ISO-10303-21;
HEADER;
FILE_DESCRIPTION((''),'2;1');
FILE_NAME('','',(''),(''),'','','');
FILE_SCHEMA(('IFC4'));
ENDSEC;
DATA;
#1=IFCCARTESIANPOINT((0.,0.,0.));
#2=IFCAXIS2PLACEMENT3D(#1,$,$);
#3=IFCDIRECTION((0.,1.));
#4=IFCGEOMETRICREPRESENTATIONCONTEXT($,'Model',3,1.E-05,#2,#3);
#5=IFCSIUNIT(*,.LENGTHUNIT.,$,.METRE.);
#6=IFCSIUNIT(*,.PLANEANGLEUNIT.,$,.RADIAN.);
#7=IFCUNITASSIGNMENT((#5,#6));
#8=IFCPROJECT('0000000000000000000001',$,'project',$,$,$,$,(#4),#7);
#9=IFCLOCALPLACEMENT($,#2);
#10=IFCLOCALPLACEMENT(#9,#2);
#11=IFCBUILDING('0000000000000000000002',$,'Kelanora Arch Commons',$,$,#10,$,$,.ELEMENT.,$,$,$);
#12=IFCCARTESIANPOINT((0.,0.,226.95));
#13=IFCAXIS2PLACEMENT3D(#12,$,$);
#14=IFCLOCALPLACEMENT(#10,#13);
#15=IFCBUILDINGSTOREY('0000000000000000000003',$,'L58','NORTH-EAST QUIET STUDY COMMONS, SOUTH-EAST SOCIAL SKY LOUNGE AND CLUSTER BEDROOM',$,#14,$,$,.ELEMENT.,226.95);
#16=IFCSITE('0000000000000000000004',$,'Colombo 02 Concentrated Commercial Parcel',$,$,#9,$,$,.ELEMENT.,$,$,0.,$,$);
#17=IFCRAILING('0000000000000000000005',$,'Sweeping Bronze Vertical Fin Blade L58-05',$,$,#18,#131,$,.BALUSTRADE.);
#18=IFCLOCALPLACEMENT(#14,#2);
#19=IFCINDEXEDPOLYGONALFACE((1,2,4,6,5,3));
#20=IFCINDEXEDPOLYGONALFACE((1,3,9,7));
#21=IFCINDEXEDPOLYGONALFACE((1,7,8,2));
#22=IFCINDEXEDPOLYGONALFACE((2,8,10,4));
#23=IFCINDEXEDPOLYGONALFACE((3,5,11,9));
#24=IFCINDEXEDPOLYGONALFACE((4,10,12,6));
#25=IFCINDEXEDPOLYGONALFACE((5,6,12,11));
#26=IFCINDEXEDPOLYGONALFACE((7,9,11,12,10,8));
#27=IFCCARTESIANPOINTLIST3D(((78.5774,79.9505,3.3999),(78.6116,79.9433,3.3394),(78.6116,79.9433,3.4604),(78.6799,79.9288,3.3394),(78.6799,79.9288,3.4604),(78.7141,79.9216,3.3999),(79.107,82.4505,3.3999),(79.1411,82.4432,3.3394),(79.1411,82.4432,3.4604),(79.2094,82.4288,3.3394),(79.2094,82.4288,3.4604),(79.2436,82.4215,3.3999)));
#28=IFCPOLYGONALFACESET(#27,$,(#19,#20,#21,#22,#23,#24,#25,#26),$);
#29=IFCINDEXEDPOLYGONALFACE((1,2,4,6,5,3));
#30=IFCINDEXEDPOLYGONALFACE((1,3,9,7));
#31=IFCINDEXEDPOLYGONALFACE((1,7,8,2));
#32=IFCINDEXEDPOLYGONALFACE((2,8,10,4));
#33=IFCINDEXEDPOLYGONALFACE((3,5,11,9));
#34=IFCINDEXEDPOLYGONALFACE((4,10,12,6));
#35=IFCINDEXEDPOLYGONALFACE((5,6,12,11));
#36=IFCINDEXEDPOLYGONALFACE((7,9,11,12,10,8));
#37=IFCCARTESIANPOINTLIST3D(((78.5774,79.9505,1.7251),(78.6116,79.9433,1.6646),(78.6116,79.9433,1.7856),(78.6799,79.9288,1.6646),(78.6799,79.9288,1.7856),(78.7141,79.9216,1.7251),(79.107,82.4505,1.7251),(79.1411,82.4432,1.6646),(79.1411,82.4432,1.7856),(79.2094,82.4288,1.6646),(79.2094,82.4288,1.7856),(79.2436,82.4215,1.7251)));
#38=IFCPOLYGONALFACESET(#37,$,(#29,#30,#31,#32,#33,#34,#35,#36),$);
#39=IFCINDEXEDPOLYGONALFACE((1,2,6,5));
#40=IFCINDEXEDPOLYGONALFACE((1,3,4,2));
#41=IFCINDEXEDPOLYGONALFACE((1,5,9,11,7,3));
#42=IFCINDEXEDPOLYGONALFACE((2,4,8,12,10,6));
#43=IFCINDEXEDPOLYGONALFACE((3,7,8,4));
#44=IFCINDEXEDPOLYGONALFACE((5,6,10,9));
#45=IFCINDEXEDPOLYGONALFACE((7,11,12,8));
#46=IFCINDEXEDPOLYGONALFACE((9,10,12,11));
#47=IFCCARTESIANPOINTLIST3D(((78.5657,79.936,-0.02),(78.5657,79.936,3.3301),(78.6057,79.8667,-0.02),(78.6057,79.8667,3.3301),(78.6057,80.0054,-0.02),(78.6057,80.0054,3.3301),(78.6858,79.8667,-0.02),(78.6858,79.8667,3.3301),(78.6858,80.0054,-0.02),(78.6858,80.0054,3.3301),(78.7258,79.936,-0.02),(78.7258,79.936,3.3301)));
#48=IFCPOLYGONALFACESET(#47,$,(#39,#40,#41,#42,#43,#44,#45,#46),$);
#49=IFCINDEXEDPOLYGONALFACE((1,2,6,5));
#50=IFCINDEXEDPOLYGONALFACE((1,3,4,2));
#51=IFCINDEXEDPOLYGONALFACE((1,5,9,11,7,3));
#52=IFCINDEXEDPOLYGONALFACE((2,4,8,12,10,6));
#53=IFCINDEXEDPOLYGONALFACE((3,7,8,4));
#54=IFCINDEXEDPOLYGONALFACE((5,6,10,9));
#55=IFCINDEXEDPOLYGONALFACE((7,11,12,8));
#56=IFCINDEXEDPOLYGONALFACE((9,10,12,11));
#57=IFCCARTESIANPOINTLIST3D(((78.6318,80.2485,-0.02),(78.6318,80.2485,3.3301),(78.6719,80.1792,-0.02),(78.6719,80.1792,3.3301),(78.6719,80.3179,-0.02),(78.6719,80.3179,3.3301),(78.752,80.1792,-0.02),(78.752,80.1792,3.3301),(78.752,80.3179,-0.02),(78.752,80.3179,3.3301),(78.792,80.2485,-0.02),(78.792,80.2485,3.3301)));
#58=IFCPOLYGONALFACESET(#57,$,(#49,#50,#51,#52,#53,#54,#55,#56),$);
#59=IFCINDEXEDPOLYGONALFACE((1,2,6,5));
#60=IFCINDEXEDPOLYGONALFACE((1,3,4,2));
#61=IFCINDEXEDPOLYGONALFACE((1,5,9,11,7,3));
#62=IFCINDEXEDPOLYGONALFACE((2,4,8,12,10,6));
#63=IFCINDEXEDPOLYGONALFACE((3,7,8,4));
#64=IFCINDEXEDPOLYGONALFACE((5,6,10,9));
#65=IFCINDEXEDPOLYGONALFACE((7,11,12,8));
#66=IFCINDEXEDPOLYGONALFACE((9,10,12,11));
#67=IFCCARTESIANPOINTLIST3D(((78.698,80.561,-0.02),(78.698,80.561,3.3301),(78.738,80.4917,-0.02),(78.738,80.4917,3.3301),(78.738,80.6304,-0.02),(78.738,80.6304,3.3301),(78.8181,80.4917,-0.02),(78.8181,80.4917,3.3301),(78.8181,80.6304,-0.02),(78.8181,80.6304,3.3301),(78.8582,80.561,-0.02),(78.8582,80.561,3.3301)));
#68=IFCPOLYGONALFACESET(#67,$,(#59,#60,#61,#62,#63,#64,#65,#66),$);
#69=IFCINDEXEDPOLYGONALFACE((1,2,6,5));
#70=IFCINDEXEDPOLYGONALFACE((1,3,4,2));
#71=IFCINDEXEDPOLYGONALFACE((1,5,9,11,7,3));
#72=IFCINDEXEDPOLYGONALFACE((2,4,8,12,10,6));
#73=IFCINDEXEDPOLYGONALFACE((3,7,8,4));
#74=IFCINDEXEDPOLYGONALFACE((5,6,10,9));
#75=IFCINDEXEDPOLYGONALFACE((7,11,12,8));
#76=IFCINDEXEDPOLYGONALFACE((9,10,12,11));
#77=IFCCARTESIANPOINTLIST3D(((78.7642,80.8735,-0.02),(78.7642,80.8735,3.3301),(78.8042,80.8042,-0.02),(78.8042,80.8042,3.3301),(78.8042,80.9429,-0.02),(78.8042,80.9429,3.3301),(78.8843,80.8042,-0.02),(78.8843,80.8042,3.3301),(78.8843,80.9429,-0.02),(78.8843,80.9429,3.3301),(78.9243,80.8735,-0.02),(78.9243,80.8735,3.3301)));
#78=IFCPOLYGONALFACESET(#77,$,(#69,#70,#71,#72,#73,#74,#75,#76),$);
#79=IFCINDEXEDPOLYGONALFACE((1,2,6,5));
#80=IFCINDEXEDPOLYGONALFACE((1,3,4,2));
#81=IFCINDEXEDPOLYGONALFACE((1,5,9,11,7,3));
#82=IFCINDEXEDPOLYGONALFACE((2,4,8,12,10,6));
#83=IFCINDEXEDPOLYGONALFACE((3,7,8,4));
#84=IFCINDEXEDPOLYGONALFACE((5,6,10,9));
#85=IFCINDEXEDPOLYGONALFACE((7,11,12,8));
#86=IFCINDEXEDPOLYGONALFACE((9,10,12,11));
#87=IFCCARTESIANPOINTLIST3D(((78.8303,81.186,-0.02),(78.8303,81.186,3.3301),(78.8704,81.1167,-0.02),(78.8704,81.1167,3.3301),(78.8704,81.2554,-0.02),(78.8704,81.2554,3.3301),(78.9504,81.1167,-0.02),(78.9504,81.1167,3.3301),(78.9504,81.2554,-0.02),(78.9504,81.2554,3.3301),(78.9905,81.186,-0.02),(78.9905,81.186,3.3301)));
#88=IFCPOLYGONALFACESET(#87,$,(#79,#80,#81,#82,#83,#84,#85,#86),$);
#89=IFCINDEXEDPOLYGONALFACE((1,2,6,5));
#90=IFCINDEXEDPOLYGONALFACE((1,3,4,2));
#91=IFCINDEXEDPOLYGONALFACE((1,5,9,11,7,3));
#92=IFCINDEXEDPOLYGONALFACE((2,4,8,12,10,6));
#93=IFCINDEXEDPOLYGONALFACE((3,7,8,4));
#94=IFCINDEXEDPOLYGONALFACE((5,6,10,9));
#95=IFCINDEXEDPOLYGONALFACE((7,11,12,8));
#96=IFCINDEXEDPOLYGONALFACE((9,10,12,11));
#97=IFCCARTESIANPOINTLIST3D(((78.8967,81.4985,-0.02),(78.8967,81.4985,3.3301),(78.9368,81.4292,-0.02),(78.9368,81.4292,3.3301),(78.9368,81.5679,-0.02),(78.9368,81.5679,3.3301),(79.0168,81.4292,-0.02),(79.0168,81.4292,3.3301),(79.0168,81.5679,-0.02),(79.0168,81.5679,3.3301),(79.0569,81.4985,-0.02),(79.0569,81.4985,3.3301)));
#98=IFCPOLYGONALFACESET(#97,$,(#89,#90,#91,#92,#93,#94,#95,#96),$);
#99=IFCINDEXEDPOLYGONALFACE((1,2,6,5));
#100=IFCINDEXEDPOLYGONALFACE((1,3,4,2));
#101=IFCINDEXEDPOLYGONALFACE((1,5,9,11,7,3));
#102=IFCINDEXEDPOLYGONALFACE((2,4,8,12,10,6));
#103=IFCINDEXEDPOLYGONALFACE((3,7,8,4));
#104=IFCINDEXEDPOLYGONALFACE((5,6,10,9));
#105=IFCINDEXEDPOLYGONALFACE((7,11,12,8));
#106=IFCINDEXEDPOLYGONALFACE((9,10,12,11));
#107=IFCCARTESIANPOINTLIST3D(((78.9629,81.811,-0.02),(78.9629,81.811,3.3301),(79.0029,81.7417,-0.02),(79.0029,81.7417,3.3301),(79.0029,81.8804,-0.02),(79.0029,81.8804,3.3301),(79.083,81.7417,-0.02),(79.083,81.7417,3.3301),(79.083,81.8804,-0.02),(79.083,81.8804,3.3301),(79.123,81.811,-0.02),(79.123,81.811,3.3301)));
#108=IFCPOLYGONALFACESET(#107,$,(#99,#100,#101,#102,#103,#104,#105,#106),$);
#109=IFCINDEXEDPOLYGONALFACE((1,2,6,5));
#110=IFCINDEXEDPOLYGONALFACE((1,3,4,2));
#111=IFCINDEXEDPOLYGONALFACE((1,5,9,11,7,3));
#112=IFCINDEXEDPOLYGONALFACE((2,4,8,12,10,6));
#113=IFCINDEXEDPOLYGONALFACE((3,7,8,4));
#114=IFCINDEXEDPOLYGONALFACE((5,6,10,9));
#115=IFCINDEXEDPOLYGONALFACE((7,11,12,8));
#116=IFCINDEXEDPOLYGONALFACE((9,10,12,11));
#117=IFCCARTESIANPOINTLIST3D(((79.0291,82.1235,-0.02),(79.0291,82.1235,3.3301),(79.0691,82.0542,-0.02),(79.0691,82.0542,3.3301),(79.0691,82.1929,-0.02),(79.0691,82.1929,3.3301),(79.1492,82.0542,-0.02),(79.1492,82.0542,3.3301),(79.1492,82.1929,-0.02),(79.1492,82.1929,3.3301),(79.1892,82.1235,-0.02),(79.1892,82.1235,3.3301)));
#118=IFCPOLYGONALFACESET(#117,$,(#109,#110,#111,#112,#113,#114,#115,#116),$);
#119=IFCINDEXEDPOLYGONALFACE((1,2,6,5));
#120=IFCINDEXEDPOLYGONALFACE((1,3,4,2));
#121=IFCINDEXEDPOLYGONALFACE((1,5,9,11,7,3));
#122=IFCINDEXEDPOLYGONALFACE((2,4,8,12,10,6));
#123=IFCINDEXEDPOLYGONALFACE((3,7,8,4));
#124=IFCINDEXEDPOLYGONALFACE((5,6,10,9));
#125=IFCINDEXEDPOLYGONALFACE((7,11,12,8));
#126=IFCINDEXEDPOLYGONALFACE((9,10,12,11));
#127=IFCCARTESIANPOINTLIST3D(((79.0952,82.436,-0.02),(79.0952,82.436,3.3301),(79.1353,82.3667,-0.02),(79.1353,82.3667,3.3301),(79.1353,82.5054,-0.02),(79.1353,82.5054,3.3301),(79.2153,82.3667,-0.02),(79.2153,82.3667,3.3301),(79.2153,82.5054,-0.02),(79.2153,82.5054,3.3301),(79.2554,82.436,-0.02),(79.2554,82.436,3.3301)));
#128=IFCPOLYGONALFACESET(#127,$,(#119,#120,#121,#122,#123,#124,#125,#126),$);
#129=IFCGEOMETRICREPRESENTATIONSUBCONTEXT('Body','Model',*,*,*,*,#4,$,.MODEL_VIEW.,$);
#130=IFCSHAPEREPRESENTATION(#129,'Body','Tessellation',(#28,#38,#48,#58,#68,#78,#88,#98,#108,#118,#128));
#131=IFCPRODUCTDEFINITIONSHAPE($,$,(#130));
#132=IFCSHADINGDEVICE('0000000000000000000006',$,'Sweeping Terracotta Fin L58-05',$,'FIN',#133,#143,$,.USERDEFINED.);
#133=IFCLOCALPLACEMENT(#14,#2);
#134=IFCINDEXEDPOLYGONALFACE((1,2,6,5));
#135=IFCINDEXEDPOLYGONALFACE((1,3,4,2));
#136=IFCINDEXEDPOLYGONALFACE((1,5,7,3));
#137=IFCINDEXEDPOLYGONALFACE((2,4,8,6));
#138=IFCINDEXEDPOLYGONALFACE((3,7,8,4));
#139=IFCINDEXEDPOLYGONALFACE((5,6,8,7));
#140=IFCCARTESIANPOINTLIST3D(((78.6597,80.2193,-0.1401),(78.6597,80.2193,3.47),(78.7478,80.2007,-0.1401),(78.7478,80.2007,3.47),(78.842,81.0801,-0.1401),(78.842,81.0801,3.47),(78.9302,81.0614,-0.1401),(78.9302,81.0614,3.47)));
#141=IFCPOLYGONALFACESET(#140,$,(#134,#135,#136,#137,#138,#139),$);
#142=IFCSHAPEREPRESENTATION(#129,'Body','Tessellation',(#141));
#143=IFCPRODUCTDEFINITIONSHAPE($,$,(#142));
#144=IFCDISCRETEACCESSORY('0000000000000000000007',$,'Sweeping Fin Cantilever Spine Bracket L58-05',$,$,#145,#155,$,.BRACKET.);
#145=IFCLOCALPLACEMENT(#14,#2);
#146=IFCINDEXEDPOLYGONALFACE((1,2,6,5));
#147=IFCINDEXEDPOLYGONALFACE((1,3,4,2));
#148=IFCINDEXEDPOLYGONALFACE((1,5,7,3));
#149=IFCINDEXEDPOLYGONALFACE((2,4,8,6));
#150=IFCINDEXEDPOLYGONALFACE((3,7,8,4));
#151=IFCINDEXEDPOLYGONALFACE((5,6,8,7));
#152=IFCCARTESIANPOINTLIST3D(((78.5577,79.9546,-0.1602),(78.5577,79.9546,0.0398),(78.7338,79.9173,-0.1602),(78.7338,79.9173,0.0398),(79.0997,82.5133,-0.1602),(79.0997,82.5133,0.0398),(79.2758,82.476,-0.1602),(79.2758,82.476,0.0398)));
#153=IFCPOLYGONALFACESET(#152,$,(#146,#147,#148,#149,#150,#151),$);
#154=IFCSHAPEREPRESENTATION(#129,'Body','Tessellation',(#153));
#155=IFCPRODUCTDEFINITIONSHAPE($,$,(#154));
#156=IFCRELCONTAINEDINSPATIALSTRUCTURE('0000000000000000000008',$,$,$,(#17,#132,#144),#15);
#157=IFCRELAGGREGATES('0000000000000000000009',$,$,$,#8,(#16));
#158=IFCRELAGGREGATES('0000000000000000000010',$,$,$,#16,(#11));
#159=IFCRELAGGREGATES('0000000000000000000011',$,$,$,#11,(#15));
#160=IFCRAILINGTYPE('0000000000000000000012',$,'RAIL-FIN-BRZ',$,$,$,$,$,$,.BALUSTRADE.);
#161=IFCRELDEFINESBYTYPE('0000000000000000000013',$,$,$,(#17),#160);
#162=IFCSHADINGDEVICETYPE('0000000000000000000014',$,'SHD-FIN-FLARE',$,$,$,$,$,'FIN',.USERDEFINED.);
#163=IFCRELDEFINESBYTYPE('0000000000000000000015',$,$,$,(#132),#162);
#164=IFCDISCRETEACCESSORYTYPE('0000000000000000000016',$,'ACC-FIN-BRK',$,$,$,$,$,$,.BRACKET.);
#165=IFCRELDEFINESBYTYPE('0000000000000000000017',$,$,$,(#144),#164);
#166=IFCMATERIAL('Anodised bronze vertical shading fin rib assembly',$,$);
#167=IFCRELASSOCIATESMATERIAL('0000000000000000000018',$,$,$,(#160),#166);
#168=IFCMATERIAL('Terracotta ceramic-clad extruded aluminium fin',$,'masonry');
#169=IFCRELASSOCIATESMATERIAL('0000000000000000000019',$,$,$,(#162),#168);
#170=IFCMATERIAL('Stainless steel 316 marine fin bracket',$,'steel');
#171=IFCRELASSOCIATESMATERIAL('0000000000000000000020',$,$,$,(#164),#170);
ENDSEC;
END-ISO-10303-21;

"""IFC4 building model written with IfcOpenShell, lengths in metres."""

from ifc_helpers import new_model, si_unit, direction, frame, origin, origin_2d, place, context, subcontext, project, spatial, polyline, rectangle, outline, extrude, source, transform, mapped, material, type_object, element, save


model = new_model("IFC4")

# Units and contexts
model_context = context("Model", 3, precision=1e-05, world=origin(), true_north=direction((0.0, 1.0)))
body_context = subcontext(model_context, "Body", "Model", "MODEL_VIEW")
ifc_project = project(units=[si_unit("LENGTHUNIT", "METRE"), si_unit("PLANEANGLEUNIT", "RADIAN")], contexts=[model_context])

# Site, building, storey
site_placement = place(None, origin())
site = spatial("IfcSite", under=ifc_project, at=site_placement, Name="Colombo 02 Concentrated Commercial Parcel", CompositionType="ELEMENT", RefElevation=0.0)
building_placement = place(site_placement, origin())
building = spatial("IfcBuilding", under=site, at=building_placement, Name="Kelanora Arch Commons", CompositionType="ELEMENT")
storey_placement = place(building_placement, frame((0.0, 0.0, 226.95)))
storey = spatial("IfcBuildingStorey", under=building, at=storey_placement, Name="L58", Description="NORTH-EAST QUIET STUDY COMMONS, SOUTH-EAST SOCIAL SKY LOUNGE AND CLUSTER BEDROOM", CompositionType="ELEMENT", Elevation=226.95)

# Railing
ifc_material_1 = material(Name="Anodised bronze vertical shading fin rib assembly")
railing_type = type_object("IfcRailingType", Name="RAIL-FIN-BRZ", PredefinedType="BALUSTRADE", material=ifc_material_1)
railing_placement = place(storey_placement, frame((78.6458, 79.936, -0.02)))
element("IfcRailing", 1, at=railing_placement, inside=storey, type_object=railing_type, Name="Sweeping Bronze Vertical Fin Blade L58-05", PredefinedType="BALUSTRADE", context=body_context, shape_type="SweptSolid", body=[
    extrude(outline(polyline([(0.0698, 0.0), (0.0349, 0.0605), (-0.0349, 0.0605), (-0.0698, 0.0), (-0.0349, -0.0605), (0.0349, -0.0605), (0.0698, 0.0)])), frame((0.0, 0.0, 3.4199), z_axis=(0.207219, 0.978295, 0.0), x_axis=(-0.978295, 0.207219, 0.0)), (0.0, 0.0, 1.0), 2.5554),
    extrude(outline(polyline([(0.0698, 0.0), (0.0349, 0.0605), (-0.0349, 0.0605), (-0.0698, 0.0), (-0.0349, -0.0605), (0.0349, -0.0605), (0.0698, 0.0)])), frame((0.0, 0.0, 1.7451), z_axis=(0.207219, 0.978295, 0.0), x_axis=(-0.978295, 0.207219, 0.0)), (0.0, 0.0, 1.0), 2.5554),
    extrude(outline(polyline([(0.0801, 0.0), (0.04, 0.0693), (-0.04, 0.0693), (-0.0801, 0.0), (-0.04, -0.0693), (0.04, -0.0693), (0.0801, 0.0)])), origin(), (0.0, 0.0, 1.0), 3.3501),
    extrude(outline(polyline([(0.0801, 0.0), (0.04, 0.0693), (-0.04, 0.0693), (-0.0801, 0.0), (-0.04, -0.0693), (0.04, -0.0693), (0.0801, 0.0)])), frame((0.0662, 0.3125, 0.0)), (0.0, 0.0, 1.0), 3.3501),
    extrude(outline(polyline([(0.0801, 0.0), (0.04, 0.0693), (-0.04, 0.0693), (-0.0801, 0.0), (-0.04, -0.0693), (0.04, -0.0693), (0.0801, 0.0)])), frame((0.1323, 0.625, 0.0)), (0.0, 0.0, 1.0), 3.3501),
    extrude(outline(polyline([(0.0801, 0.0), (0.04, 0.0693), (-0.04, 0.0693), (-0.0801, 0.0), (-0.04, -0.0693), (0.04, -0.0693), (0.0801, 0.0)])), frame((0.1985, 0.9375, 0.0)), (0.0, 0.0, 1.0), 3.3501),
    extrude(outline(polyline([(0.0801, 0.0), (0.04, 0.0693), (-0.04, 0.0693), (-0.0801, 0.0), (-0.04, -0.0693), (0.04, -0.0693), (0.0801, 0.0)])), frame((0.2646, 1.25, 0.0)), (0.0, 0.0, 1.0), 3.3501),
    extrude(outline(polyline([(0.0801, 0.0), (0.04, 0.0693), (-0.04, 0.0693), (-0.0801, 0.0), (-0.04, -0.0693), (0.04, -0.0693), (0.0801, 0.0)])), frame((0.3311, 1.5625, 0.0)), (0.0, 0.0, 1.0), 3.3501),
    extrude(outline(polyline([(0.0801, 0.0), (0.04, 0.0693), (-0.04, 0.0693), (-0.0801, 0.0), (-0.04, -0.0693), (0.04, -0.0693), (0.0801, 0.0)])), frame((0.3972, 1.875, 0.0)), (0.0, 0.0, 1.0), 3.3501),
    extrude(outline(polyline([(0.0801, 0.0), (0.04, 0.0693), (-0.04, 0.0693), (-0.0801, 0.0), (-0.04, -0.0693), (0.04, -0.0693), (0.0801, 0.0)])), frame((0.4634, 2.1875, 0.0)), (0.0, 0.0, 1.0), 3.3501),
    extrude(outline(polyline([(0.0801, 0.0), (0.04, 0.0693), (-0.04, 0.0693), (-0.0801, 0.0), (-0.04, -0.0693), (0.04, -0.0693), (0.0801, 0.0)])), frame((0.5295, 2.5, 0.0)), (0.0, 0.0, 1.0), 3.3501),
])

# Shading device
ifc_material_2 = material(Name="Terracotta ceramic-clad extruded aluminium fin", Category="masonry")
shading_device_type = type_object("IfcShadingDeviceType", Name="SHD-FIN-FLARE", ElementType="FIN", PredefinedType="USERDEFINED", material=ifc_material_2)
shared_shape_1 = source(origin(), body_context, "Body", "SweptSolid", [
    extrude(rectangle(XDim=0.8799, YDim=0.0901, at=origin_2d()), origin(), (0.0, 0.0, 1.0), 3.6101),
])
shading_device_placement = place(storey_placement, frame((78.7949, 80.6404, -0.1401), z_axis=(0.0, 0.0, 1.0), x_axis=(0.207229, 0.978293, 0.0)))
element("IfcShadingDevice", 2, at=shading_device_placement, inside=storey, type_object=shading_device_type, Name="Sweeping Terracotta Fin L58-05", ObjectType="FIN", PredefinedType="USERDEFINED", context=body_context, shape_type="MappedRepresentation", body=[
    mapped(shared_shape_1, transform((0.0, 0.0, 0.0), scale=1.0)),
])

# Discrete accessory
ifc_material_3 = material(Name="Stainless steel 316 marine fin bracket", Category="steel")
discrete_accessory_type = type_object("IfcDiscreteAccessoryType", Name="ACC-FIN-BRK", PredefinedType="BRACKET", material=ifc_material_3)
shared_shape_2 = source(origin(), body_context, "Body", "SweptSolid", [
    extrude(rectangle(XDim=2.6155, YDim=0.1799, at=origin_2d()), origin(), (0.0, 0.0, 1.0), 0.2),
])
discrete_accessory_placement = place(storey_placement, frame((78.9167, 81.2153, -0.1602), z_axis=(0.0, 0.0, 1.0), x_axis=(0.207229, 0.978293, 0.0)))
element("IfcDiscreteAccessory", 3, at=discrete_accessory_placement, inside=storey, type_object=discrete_accessory_type, Name="Sweeping Fin Cantilever Spine Bracket L58-05", PredefinedType="BRACKET", context=body_context, shape_type="MappedRepresentation", body=[
    mapped(shared_shape_2, transform((0.0, 0.0, 0.0), scale=1.0)),
])

save(model, "model.ifc")
